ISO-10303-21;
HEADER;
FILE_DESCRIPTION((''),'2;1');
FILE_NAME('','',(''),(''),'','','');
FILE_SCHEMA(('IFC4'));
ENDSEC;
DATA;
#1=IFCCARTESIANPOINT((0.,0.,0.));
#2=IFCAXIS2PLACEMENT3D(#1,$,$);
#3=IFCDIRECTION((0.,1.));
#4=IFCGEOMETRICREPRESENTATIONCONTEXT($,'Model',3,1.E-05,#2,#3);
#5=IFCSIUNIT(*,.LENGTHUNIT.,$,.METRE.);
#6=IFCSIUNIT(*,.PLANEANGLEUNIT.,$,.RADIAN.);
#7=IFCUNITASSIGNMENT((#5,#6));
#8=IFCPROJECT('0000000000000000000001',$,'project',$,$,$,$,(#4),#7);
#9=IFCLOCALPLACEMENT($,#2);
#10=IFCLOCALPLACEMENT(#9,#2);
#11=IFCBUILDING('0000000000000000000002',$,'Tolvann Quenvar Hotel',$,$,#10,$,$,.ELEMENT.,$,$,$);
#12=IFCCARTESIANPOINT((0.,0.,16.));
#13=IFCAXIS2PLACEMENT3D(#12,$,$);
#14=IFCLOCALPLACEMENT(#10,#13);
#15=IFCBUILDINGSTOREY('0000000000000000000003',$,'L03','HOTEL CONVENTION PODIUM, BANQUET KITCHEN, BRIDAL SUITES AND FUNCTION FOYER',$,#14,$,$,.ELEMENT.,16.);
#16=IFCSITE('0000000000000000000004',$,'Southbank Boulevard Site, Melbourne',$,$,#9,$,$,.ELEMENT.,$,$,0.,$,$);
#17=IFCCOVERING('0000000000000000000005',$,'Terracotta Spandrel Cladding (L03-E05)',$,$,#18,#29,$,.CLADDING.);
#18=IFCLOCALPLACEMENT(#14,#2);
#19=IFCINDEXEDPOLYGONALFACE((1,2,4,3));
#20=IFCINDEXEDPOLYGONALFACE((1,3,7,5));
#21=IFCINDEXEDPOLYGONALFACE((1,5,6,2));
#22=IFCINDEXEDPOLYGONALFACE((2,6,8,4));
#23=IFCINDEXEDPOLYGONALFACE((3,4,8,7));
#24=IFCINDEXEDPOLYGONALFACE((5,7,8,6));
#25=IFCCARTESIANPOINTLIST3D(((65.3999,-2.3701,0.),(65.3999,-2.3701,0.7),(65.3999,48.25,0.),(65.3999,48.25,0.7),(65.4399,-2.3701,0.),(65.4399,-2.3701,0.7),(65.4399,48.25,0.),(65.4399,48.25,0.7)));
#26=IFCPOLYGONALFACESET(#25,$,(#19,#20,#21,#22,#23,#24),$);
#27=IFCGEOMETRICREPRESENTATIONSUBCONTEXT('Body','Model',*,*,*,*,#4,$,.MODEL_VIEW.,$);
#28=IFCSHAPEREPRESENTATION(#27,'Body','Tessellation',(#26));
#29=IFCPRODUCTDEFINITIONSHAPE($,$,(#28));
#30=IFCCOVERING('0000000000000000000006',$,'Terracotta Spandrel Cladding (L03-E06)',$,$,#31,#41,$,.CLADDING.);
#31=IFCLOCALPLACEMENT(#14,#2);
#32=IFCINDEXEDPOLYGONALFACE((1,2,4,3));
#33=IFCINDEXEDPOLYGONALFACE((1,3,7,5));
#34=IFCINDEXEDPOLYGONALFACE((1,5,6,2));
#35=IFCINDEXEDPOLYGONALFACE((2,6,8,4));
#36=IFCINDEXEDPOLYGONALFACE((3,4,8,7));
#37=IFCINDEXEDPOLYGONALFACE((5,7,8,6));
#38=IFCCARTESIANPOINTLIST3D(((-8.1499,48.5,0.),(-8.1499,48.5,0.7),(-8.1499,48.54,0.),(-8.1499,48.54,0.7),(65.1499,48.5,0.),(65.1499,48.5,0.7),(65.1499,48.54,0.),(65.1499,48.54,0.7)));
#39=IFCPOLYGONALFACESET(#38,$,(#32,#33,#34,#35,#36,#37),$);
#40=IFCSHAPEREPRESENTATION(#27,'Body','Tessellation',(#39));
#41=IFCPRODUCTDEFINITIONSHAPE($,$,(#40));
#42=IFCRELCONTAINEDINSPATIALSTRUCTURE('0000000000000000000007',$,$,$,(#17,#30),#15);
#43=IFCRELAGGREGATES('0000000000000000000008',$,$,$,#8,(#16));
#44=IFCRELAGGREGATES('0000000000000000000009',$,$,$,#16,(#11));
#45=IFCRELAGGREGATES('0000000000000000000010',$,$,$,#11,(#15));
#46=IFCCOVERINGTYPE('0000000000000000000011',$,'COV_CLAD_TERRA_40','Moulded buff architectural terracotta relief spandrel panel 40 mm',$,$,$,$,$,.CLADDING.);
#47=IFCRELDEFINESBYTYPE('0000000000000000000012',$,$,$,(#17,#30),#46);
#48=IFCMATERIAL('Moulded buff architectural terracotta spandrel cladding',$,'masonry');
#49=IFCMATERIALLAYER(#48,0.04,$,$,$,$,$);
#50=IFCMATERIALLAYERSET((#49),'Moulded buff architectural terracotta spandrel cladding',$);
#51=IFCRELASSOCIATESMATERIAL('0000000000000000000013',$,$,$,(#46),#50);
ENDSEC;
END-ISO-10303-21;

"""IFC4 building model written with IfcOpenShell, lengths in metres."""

from ifc_helpers import new_model, si_unit, direction, frame, origin, place, context, subcontext, project, spatial, polyline, outline, extrude, material, layer, layer_set, type_object, element, save


model = new_model("IFC4")

# Units and contexts
model_context = context("Model", 3, precision=1e-05, world=origin(), true_north=direction((0.0, 1.0)))
body_context = subcontext(model_context, "Body", "Model", "MODEL_VIEW")
ifc_project = project(units=[si_unit("LENGTHUNIT", "METRE"), si_unit("PLANEANGLEUNIT", "RADIAN")], contexts=[model_context])

# Site, building, storey
site_placement = place(None, origin())
site = spatial("IfcSite", under=ifc_project, at=site_placement, Name="Southbank Boulevard Site, Melbourne", CompositionType="ELEMENT", RefElevation=0.0)
building_placement = place(site_placement, origin())
building = spatial("IfcBuilding", under=site, at=building_placement, Name="Tolvann Quenvar Hotel", CompositionType="ELEMENT")
storey_placement = place(building_placement, frame((0.0, 0.0, 16.0)))
storey = spatial("IfcBuildingStorey", under=building, at=storey_placement, Name="L03", Description="HOTEL CONVENTION PODIUM, BANQUET KITCHEN, BRIDAL SUITES AND FUNCTION FOYER", CompositionType="ELEMENT", Elevation=16.0)

# Coverings
ifc_material_1 = material(Name="Moulded buff architectural terracotta spandrel cladding", Category="masonry")
ifc_layer_1 = layer(ifc_material_1, 0.04)
ifc_layer_set_1 = layer_set([ifc_layer_1], Name="Moulded buff architectural terracotta spandrel cladding")
covering_type_1 = type_object("IfcCoveringType", Name="COV_CLAD_TERRA_40", Description="Moulded buff architectural terracotta relief spandrel panel 40 mm", PredefinedType="CLADDING", material=ifc_layer_set_1)
covering_1_placement = place(storey_placement, origin())
element("IfcCovering", 1, at=covering_1_placement, inside=storey, type_object=covering_type_1, Name="Terracotta Spandrel Cladding (L03-E05)", PredefinedType="CLADDING", context=body_context, shape_type="SweptSolid", body=[
    extrude(outline(polyline([(65.3999, -2.3701), (65.3999, 48.25), (65.4399, 48.25), (65.4399, -2.3701), (65.3999, -2.3701)])), origin(), (0.0, 0.0, 1.0), 0.7),
])
covering_2_placement = place(storey_placement, origin())
element("IfcCovering", 2, at=covering_2_placement, inside=storey, type_object=covering_type_1, Name="Terracotta Spandrel Cladding (L03-E06)", PredefinedType="CLADDING", context=body_context, shape_type="SweptSolid", body=[
    extrude(outline(polyline([(65.1499, 48.5), (-8.1499, 48.5), (-8.1499, 48.54), (65.1499, 48.54), (65.1499, 48.5)])), origin(), (0.0, 0.0, 1.0), 0.7),
])

save(model, "model.ifc")
